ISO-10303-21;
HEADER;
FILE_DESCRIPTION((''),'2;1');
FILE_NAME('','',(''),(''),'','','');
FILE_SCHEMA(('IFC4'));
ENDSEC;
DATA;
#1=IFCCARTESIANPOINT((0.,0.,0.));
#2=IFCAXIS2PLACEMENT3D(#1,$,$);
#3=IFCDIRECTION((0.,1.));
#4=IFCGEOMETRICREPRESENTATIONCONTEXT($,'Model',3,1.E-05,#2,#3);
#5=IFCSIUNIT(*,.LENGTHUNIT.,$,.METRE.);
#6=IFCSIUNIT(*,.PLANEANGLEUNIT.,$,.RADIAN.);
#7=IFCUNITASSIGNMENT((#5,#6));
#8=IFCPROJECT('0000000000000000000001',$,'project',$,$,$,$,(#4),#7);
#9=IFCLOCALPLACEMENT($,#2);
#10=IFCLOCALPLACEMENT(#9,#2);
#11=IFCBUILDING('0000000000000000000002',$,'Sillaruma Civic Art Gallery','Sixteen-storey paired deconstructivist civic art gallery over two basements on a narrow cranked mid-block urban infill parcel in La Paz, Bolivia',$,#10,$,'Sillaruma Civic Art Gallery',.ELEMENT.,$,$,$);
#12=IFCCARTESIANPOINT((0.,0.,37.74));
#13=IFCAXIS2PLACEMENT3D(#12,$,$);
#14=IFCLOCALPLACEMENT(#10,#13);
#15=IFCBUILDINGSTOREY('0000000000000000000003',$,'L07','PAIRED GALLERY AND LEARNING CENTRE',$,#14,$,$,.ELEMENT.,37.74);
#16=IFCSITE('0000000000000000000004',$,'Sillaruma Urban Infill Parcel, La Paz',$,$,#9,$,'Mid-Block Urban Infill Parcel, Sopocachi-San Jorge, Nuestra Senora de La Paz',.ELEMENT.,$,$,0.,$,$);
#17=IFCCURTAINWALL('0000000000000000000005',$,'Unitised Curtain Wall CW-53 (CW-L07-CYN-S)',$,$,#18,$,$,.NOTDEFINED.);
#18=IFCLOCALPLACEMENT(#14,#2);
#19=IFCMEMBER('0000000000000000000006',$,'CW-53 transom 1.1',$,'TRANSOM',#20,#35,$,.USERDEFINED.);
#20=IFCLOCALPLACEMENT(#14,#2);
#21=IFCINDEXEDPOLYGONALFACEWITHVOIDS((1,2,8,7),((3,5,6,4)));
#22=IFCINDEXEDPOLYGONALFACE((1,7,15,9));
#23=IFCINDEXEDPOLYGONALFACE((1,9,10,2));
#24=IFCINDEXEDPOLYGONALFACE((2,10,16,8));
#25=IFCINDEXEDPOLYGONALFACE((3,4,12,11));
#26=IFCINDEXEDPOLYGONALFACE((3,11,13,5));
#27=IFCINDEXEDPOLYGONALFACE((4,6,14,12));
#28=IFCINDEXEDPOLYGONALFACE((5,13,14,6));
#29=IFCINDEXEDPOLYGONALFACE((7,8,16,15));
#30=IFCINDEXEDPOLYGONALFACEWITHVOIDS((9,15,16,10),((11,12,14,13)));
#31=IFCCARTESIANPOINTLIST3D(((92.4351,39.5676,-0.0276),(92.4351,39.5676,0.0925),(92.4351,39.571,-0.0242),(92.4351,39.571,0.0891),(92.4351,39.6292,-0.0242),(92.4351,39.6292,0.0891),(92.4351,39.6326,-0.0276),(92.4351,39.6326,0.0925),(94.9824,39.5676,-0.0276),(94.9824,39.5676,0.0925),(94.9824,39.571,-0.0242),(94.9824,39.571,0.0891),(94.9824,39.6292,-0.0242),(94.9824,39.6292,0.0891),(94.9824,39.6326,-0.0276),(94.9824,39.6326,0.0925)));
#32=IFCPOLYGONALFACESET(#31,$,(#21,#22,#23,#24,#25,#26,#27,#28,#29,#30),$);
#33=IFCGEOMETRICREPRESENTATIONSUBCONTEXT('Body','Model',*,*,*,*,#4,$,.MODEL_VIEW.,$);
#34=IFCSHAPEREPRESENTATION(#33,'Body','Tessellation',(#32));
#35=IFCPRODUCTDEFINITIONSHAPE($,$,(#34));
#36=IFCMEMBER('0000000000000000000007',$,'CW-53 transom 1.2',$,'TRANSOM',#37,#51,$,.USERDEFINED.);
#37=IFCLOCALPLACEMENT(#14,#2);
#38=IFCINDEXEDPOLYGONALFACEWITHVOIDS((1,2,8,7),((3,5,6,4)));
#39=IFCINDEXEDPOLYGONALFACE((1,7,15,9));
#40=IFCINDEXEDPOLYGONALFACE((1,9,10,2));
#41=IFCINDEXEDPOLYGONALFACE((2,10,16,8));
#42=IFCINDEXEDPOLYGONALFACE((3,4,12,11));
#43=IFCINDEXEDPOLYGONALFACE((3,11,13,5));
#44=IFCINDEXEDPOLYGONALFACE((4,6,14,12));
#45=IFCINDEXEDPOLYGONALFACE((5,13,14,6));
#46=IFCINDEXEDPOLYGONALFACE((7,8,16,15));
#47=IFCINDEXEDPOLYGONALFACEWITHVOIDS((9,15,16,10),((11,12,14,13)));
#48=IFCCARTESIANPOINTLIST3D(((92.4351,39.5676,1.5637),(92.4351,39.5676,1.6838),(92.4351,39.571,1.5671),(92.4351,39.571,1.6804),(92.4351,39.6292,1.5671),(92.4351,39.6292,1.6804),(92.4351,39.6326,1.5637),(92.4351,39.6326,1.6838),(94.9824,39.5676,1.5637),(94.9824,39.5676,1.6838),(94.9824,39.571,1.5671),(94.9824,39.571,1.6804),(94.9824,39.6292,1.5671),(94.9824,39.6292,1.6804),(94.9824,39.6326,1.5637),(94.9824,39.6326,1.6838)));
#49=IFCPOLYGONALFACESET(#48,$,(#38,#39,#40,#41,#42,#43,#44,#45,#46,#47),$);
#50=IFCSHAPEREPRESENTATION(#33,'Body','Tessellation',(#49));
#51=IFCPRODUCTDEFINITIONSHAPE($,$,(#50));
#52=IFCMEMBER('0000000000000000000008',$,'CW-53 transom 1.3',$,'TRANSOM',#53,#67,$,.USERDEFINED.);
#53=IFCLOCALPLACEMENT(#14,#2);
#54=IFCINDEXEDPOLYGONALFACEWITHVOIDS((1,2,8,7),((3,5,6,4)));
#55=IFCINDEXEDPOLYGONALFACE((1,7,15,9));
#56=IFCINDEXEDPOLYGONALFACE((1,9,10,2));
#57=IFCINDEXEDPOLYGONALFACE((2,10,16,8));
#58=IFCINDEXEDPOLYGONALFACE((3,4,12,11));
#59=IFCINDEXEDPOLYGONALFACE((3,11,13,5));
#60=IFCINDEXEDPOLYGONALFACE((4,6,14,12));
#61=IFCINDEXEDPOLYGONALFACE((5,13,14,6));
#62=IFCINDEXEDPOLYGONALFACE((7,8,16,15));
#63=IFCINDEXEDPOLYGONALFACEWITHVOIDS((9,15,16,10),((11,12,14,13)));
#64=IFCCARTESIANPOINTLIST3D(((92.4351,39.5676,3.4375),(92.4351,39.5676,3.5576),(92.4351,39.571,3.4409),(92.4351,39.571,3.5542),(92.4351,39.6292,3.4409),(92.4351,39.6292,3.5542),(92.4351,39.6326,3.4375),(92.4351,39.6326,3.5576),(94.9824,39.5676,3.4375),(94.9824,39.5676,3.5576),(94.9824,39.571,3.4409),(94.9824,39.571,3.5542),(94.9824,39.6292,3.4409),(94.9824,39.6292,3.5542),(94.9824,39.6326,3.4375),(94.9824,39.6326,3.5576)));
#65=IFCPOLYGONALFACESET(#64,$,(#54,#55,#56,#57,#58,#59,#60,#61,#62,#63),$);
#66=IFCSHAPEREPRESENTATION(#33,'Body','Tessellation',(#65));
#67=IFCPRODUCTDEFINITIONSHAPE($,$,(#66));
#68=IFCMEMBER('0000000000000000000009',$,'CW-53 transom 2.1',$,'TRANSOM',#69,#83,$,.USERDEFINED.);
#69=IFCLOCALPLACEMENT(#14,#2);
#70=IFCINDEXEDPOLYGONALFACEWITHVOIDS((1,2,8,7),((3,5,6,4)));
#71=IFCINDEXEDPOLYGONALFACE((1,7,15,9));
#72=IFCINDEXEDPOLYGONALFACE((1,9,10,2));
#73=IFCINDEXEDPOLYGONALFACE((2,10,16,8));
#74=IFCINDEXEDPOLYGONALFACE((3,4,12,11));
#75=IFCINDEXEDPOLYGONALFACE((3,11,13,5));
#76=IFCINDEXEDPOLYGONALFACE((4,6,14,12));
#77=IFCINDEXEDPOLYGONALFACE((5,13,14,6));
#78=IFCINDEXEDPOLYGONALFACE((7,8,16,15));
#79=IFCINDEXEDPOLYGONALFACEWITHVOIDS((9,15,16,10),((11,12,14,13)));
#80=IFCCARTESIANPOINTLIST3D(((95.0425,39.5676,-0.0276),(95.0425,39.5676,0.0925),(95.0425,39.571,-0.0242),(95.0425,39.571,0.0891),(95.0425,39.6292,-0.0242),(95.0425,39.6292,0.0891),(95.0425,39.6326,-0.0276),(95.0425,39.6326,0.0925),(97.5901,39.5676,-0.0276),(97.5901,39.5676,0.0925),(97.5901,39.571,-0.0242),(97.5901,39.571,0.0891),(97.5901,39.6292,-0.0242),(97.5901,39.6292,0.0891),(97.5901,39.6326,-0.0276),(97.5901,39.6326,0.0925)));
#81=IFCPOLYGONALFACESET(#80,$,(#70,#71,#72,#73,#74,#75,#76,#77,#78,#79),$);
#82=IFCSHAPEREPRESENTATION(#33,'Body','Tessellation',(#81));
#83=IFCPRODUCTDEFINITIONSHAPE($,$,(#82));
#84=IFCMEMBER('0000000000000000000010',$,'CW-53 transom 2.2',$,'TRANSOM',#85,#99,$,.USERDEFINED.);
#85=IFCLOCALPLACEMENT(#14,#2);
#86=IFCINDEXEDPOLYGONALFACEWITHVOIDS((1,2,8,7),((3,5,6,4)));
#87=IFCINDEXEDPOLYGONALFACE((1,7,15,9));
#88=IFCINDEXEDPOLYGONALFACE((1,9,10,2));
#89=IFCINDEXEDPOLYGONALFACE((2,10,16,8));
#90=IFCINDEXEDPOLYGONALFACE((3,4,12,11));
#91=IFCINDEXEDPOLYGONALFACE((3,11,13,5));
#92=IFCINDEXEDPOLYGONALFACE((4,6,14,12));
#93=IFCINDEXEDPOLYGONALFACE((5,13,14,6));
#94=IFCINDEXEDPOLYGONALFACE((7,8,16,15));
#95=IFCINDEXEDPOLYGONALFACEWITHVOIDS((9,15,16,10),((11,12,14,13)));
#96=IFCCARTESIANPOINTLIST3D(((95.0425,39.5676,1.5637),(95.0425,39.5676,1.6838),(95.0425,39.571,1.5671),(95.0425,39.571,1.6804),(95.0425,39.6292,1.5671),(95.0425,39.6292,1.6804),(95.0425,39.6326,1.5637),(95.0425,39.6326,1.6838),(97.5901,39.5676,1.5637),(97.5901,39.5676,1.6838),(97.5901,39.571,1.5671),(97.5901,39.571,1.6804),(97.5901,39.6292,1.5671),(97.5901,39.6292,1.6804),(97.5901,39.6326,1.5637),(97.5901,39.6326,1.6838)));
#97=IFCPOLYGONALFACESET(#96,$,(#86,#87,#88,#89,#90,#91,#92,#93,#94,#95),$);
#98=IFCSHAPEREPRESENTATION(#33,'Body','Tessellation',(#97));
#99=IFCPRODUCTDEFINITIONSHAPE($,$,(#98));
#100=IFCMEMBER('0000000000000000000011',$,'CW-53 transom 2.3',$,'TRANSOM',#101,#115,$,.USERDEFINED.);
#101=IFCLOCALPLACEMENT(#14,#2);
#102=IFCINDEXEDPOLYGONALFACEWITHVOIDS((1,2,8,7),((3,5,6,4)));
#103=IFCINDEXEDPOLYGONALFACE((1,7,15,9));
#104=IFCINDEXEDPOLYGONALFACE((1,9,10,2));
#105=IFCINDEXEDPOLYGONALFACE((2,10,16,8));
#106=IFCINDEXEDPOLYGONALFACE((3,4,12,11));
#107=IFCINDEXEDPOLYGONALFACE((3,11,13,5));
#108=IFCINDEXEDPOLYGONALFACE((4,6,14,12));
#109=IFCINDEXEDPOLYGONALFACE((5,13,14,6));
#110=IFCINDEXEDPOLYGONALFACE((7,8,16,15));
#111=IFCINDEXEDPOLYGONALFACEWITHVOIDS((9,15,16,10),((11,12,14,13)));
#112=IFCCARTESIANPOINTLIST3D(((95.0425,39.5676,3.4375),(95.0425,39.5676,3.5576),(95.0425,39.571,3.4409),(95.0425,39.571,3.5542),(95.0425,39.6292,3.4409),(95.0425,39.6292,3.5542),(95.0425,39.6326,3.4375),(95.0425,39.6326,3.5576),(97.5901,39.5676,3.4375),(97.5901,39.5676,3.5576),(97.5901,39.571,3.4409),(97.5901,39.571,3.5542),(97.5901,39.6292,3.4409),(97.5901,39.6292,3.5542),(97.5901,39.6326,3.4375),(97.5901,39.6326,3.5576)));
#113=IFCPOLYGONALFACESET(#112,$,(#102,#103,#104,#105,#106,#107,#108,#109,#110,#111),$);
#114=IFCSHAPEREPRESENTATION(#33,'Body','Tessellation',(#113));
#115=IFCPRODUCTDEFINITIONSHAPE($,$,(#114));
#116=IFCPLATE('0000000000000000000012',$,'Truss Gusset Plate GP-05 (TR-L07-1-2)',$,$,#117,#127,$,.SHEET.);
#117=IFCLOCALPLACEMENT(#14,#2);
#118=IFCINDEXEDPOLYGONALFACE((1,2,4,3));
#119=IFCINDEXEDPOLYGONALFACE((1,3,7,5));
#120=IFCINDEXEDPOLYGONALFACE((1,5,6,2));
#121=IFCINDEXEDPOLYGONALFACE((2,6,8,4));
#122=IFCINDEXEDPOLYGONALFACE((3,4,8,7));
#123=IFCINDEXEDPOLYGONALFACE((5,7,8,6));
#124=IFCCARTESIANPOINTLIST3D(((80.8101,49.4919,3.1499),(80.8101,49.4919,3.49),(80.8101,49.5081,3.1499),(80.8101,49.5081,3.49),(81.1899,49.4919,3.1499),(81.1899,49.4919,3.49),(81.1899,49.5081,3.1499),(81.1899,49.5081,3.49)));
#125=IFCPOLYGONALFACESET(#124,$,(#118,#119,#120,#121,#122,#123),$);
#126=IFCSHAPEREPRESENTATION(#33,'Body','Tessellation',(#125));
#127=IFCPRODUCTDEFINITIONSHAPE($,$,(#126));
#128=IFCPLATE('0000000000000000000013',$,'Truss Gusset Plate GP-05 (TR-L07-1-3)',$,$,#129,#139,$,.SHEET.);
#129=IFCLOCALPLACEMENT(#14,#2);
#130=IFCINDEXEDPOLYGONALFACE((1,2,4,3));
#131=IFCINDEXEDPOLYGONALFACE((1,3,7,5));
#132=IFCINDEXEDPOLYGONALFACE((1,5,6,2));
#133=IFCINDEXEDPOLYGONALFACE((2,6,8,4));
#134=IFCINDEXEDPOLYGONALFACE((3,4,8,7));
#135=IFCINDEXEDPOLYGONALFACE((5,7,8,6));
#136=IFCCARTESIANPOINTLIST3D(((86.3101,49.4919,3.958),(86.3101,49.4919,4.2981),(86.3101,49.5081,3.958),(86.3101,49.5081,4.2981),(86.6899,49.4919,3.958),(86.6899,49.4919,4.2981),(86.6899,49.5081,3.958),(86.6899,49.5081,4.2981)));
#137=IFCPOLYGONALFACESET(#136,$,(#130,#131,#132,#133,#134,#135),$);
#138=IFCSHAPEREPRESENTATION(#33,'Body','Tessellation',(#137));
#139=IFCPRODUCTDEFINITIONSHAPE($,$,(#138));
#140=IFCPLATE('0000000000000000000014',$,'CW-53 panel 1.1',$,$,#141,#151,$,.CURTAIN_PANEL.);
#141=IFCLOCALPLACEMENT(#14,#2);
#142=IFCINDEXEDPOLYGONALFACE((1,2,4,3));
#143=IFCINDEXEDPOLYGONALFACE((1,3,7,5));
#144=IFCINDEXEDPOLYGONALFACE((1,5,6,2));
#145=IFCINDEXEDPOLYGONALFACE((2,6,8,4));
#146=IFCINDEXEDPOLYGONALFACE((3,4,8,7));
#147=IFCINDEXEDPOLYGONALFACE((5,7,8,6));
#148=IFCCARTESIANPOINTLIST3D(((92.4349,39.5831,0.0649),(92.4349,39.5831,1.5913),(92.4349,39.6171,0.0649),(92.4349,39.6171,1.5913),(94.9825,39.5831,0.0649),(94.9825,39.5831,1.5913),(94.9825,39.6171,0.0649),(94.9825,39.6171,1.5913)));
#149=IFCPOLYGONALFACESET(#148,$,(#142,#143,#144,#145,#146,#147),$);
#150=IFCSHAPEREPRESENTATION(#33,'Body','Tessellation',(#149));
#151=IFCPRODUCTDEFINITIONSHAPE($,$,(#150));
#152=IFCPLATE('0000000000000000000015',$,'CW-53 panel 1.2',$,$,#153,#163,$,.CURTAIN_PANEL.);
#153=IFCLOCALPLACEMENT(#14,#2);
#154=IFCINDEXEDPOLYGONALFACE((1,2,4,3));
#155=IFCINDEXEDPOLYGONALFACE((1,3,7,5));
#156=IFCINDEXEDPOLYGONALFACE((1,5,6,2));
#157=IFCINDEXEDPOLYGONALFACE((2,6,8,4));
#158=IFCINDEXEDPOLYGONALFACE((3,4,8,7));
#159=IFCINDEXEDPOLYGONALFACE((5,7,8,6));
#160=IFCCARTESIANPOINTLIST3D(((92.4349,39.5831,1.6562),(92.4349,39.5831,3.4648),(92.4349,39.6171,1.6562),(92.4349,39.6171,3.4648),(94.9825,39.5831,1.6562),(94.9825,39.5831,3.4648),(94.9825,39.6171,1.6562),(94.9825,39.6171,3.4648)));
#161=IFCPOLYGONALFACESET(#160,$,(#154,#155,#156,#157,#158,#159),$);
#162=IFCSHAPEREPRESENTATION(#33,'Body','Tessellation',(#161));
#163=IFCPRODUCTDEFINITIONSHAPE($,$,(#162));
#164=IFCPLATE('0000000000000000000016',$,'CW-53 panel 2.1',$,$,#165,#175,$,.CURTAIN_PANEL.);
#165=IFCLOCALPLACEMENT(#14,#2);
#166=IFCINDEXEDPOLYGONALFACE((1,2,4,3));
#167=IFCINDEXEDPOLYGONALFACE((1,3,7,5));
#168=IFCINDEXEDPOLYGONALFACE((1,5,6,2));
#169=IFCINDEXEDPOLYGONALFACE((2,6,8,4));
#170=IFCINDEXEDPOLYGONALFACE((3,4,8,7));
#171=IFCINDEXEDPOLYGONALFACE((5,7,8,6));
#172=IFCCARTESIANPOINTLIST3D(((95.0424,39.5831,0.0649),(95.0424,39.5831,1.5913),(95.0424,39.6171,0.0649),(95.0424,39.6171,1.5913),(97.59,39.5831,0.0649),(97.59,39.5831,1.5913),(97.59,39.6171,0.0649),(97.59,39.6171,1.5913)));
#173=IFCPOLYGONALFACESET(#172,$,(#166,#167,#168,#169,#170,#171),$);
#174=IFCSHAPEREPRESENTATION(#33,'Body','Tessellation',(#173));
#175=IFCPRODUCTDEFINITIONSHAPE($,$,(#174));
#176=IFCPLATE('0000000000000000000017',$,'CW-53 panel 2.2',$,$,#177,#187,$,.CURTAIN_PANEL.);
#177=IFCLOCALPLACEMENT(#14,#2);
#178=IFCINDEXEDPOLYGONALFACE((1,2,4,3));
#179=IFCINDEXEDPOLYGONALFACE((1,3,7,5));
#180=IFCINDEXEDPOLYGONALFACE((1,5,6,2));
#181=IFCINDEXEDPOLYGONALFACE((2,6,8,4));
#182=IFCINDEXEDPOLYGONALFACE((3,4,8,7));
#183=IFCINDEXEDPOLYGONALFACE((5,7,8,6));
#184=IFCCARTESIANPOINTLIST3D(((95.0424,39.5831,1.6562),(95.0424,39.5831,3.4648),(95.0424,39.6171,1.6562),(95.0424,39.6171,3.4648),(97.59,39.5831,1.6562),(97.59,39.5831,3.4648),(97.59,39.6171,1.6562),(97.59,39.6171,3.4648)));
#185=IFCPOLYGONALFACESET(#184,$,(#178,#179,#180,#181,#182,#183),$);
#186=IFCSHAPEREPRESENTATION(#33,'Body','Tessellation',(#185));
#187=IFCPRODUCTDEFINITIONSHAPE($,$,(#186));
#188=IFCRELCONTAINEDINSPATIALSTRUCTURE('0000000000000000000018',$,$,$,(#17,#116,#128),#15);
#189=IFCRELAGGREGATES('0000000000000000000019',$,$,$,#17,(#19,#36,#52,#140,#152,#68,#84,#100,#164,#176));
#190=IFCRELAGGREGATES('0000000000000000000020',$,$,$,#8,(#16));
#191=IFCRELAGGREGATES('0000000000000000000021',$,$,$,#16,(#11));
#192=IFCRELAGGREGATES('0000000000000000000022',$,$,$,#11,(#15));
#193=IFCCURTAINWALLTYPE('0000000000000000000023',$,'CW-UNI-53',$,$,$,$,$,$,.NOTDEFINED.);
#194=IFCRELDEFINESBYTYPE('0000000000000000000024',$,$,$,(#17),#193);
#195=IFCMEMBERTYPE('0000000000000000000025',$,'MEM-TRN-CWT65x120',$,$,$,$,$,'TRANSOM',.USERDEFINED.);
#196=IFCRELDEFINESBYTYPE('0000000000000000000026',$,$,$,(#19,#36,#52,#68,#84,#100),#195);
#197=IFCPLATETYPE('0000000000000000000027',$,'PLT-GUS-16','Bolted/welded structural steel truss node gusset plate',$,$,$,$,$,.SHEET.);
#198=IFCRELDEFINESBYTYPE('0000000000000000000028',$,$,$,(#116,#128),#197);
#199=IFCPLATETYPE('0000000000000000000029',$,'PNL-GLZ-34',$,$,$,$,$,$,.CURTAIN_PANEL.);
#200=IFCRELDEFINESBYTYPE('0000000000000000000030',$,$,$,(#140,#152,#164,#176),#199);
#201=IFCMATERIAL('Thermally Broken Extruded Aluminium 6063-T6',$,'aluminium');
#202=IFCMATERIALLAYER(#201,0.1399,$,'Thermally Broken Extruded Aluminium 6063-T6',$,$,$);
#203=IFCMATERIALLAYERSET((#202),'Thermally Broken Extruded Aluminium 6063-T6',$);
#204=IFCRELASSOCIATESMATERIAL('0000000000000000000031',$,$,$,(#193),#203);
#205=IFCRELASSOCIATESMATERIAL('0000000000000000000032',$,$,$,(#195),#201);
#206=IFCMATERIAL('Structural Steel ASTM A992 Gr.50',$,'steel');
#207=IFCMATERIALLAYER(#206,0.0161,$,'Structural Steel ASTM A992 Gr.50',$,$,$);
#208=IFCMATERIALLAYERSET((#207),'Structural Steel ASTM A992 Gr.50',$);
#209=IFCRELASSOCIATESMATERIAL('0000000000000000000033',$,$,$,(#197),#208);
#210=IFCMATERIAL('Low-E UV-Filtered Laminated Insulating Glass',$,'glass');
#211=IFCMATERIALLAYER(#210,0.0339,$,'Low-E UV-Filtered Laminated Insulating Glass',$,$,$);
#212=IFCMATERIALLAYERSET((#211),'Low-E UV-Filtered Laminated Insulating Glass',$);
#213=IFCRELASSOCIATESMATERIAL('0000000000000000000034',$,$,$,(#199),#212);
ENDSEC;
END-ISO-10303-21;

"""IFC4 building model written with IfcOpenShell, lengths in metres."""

from ifc_helpers import new_model, si_unit, direction, frame, origin, origin_2d, place, context, subcontext, project, spatial, rectangle, hollow_rectangle, extrude, material, layer, layer_set, material_profile, profile_set, type_object, element, aggregate, save


model = new_model("IFC4")

# Units and contexts
model_context = context("Model", 3, precision=1e-05, world=origin(), true_north=direction((0.0, 1.0)))
body_context = subcontext(model_context, "Body", "Model", "MODEL_VIEW")
ifc_project = project(units=[si_unit("LENGTHUNIT", "METRE"), si_unit("PLANEANGLEUNIT", "RADIAN")], contexts=[model_context])

# Site, building, storey
site_placement = place(None, origin())
site = spatial("IfcSite", under=ifc_project, at=site_placement, Name="Sillaruma Urban Infill Parcel, La Paz", LongName="Mid-Block Urban Infill Parcel, Sopocachi-San Jorge, Nuestra Senora de La Paz", CompositionType="ELEMENT", RefElevation=0.0)
building_placement = place(site_placement, origin())
building = spatial("IfcBuilding", under=site, at=building_placement, Name="Sillaruma Civic Art Gallery", Description="Sixteen-storey paired deconstructivist civic art gallery over two basements on a narrow cranked mid-block urban infill parcel in La Paz, Bolivia", LongName="Sillaruma Civic Art Gallery", CompositionType="ELEMENT")
storey_placement = place(building_placement, frame((0.0, 0.0, 37.74)))
storey = spatial("IfcBuildingStorey", under=building, at=storey_placement, Name="L07", Description="PAIRED GALLERY AND LEARNING CENTRE", CompositionType="ELEMENT", Elevation=37.74)

# Curtain wall
ifc_material_1 = material(Name="Thermally Broken Extruded Aluminium 6063-T6", Category="aluminium")
ifc_layer_1 = layer(ifc_material_1, 0.1399, Name="Thermally Broken Extruded Aluminium 6063-T6")
ifc_layer_set_1 = layer_set([ifc_layer_1], Name="Thermally Broken Extruded Aluminium 6063-T6")
curtain_wall_type = type_object("IfcCurtainWallType", Name="CW-UNI-53", PredefinedType="NOTDEFINED", material=ifc_layer_set_1)
curtain_wall_placement = place(storey_placement, origin())
curtain_wall = element("IfcCurtainWall", 1, at=curtain_wall_placement, inside=storey, type_object=curtain_wall_type, Name="Unitised Curtain Wall CW-53 (CW-L07-CYN-S)", PredefinedType="NOTDEFINED")

# Members
ifc_material_profile_1 = material_profile(ifc_material_1, hollow_rectangle(XDim=0.0649, YDim=0.1201, WallThickness=0.0034, at=origin_2d()), Name="CWT65x120")
ifc_profile_set_1 = profile_set([ifc_material_profile_1], Name="Thermally Broken Extruded Aluminium 6063-T6")
member_type_1 = type_object("IfcMemberType", Name="MEM-TRN-CWT65x120", ElementType="TRANSOM", PredefinedType="USERDEFINED", material=ifc_profile_set_1)
member_1_placement = place(storey_placement, frame((92.4351, 39.6001, 0.0325), z_axis=(1.0, 0.0, 0.0), x_axis=(0.0, 1.0, 0.0)))
member_1 = element("IfcMember", 2, at=member_1_placement, type_object=member_type_1, Name="CW-53 transom 1.1", ObjectType="TRANSOM", PredefinedType="USERDEFINED", context=body_context, shape_type="SweptSolid", body=[
    extrude(hollow_rectangle(XDim=0.0649, YDim=0.1201, WallThickness=0.0034, at=origin_2d()), origin(), (0.0, 0.0, 1.0), 2.5474),
])
member_2_placement = place(storey_placement, frame((92.4351, 39.6001, 1.6238), z_axis=(1.0, 0.0, 0.0), x_axis=(0.0, 1.0, 0.0)))
member_2 = element("IfcMember", 3, at=member_2_placement, type_object=member_type_1, Name="CW-53 transom 1.2", ObjectType="TRANSOM", PredefinedType="USERDEFINED", context=body_context, shape_type="SweptSolid", body=[
    extrude(hollow_rectangle(XDim=0.0649, YDim=0.1201, WallThickness=0.0034, at=origin_2d()), origin(), (0.0, 0.0, 1.0), 2.5474),
])
member_3_placement = place(storey_placement, frame((92.4351, 39.6001, 3.4976), z_axis=(1.0, 0.0, 0.0), x_axis=(0.0, 1.0, 0.0)))
member_3 = element("IfcMember", 4, at=member_3_placement, type_object=member_type_1, Name="CW-53 transom 1.3", ObjectType="TRANSOM", PredefinedType="USERDEFINED", context=body_context, shape_type="SweptSolid", body=[
    extrude(hollow_rectangle(XDim=0.0649, YDim=0.1201, WallThickness=0.0034, at=origin_2d()), origin(), (0.0, 0.0, 1.0), 2.5474),
])
member_4_placement = place(storey_placement, frame((95.0425, 39.6001, 0.0325), z_axis=(1.0, 0.0, 0.0), x_axis=(0.0, 1.0, 0.0)))
member_4 = element("IfcMember", 5, at=member_4_placement, type_object=member_type_1, Name="CW-53 transom 2.1", ObjectType="TRANSOM", PredefinedType="USERDEFINED", context=body_context, shape_type="SweptSolid", body=[
    extrude(hollow_rectangle(XDim=0.0649, YDim=0.1201, WallThickness=0.0034, at=origin_2d()), origin(), (0.0, 0.0, 1.0), 2.5476),
])
member_5_placement = place(storey_placement, frame((95.0425, 39.6001, 1.6238), z_axis=(1.0, 0.0, 0.0), x_axis=(0.0, 1.0, 0.0)))
member_5 = element("IfcMember", 6, at=member_5_placement, type_object=member_type_1, Name="CW-53 transom 2.2", ObjectType="TRANSOM", PredefinedType="USERDEFINED", context=body_context, shape_type="SweptSolid", body=[
    extrude(hollow_rectangle(XDim=0.0649, YDim=0.1201, WallThickness=0.0034, at=origin_2d()), origin(), (0.0, 0.0, 1.0), 2.5476),
])
member_6_placement = place(storey_placement, frame((95.0425, 39.6001, 3.4976), z_axis=(1.0, 0.0, 0.0), x_axis=(0.0, 1.0, 0.0)))
member_6 = element("IfcMember", 7, at=member_6_placement, type_object=member_type_1, Name="CW-53 transom 2.3", ObjectType="TRANSOM", PredefinedType="USERDEFINED", context=body_context, shape_type="SweptSolid", body=[
    extrude(hollow_rectangle(XDim=0.0649, YDim=0.1201, WallThickness=0.0034, at=origin_2d()), origin(), (0.0, 0.0, 1.0), 2.5476),
])

# Plates
ifc_material_2 = material(Name="Structural Steel ASTM A992 Gr.50", Category="steel")
ifc_layer_2 = layer(ifc_material_2, 0.0161, Name="Structural Steel ASTM A992 Gr.50")
ifc_layer_set_2 = layer_set([ifc_layer_2], Name="Structural Steel ASTM A992 Gr.50")
plate_type_1 = type_object("IfcPlateType", Name="PLT-GUS-16", Description="Bolted/welded structural steel truss node gusset plate", PredefinedType="SHEET", material=ifc_layer_set_2)
for number, where, z_axis, x_axis, name in (
    (8, (81.0, 49.5, 3.1499), (0.0, 0.0, 1.0), (1.0, 0.0, 0.0), "Truss Gusset Plate GP-05 (TR-L07-1-2)"),
    (9, (86.5, 49.5, 3.958), (0.0, 0.0, 1.0), (1.0, 0.0, 0.0), "Truss Gusset Plate GP-05 (TR-L07-1-3)"),
):
    element("IfcPlate", number, at=place(storey_placement, frame(where, z_axis=z_axis, x_axis=x_axis)), inside=storey, type_object=plate_type_1, Name=name, PredefinedType="SHEET", context=body_context, shape_type="SweptSolid", body=[
        extrude(rectangle(XDim=0.3799, YDim=0.0161, at=origin_2d()), origin(), (0.0, 0.0, 1.0), 0.3401),
    ])

# Plates
ifc_material_3 = material(Name="Low-E UV-Filtered Laminated Insulating Glass", Category="glass")
ifc_layer_3 = layer(ifc_material_3, 0.0339, Name="Low-E UV-Filtered Laminated Insulating Glass")
ifc_layer_set_3 = layer_set([ifc_layer_3], Name="Low-E UV-Filtered Laminated Insulating Glass")
plate_type_2 = type_object("IfcPlateType", Name="PNL-GLZ-34", PredefinedType="CURTAIN_PANEL", material=ifc_layer_set_3)
plate_1_placement = place(storey_placement, frame((93.7087, 39.6001, 0.0649), z_axis=(0.0, 0.0, 1.0), x_axis=(1.0, 0.0, 0.0)))
plate_1 = element("IfcPlate", 10, at=plate_1_placement, type_object=plate_type_2, Name="CW-53 panel 1.1", PredefinedType="CURTAIN_PANEL", context=body_context, shape_type="SweptSolid", body=[
    extrude(rectangle(XDim=2.5476, YDim=0.0339, at=origin_2d()), origin(), (0.0, 0.0, 1.0), 1.5264),
])
plate_2_placement = place(storey_placement, frame((93.7087, 39.6001, 1.6562), z_axis=(0.0, 0.0, 1.0), x_axis=(1.0, 0.0, 0.0)))
plate_2 = element("IfcPlate", 11, at=plate_2_placement, type_object=plate_type_2, Name="CW-53 panel 1.2", PredefinedType="CURTAIN_PANEL", context=body_context, shape_type="SweptSolid", body=[
    extrude(rectangle(XDim=2.5476, YDim=0.0339, at=origin_2d()), origin(), (0.0, 0.0, 1.0), 1.8086),
])
plate_3_placement = place(storey_placement, frame((96.3162, 39.6001, 0.0649), z_axis=(0.0, 0.0, 1.0), x_axis=(1.0, 0.0, 0.0)))
plate_3 = element("IfcPlate", 12, at=plate_3_placement, type_object=plate_type_2, Name="CW-53 panel 2.1", PredefinedType="CURTAIN_PANEL", context=body_context, shape_type="SweptSolid", body=[
    extrude(rectangle(XDim=2.5476, YDim=0.0339, at=origin_2d()), origin(), (0.0, 0.0, 1.0), 1.5264),
])
plate_4_placement = place(storey_placement, frame((96.3162, 39.6001, 1.6562), z_axis=(0.0, 0.0, 1.0), x_axis=(1.0, 0.0, 0.0)))
plate_4 = element("IfcPlate", 13, at=plate_4_placement, type_object=plate_type_2, Name="CW-53 panel 2.2", PredefinedType="CURTAIN_PANEL", context=body_context, shape_type="SweptSolid", body=[
    extrude(rectangle(XDim=2.5476, YDim=0.0339, at=origin_2d()), origin(), (0.0, 0.0, 1.0), 1.8086),
])
aggregate(curtain_wall, [member_1, member_2, member_3, plate_1, plate_2, member_4, member_5, member_6, plate_3, plate_4])

save(model, "model.ifc")
